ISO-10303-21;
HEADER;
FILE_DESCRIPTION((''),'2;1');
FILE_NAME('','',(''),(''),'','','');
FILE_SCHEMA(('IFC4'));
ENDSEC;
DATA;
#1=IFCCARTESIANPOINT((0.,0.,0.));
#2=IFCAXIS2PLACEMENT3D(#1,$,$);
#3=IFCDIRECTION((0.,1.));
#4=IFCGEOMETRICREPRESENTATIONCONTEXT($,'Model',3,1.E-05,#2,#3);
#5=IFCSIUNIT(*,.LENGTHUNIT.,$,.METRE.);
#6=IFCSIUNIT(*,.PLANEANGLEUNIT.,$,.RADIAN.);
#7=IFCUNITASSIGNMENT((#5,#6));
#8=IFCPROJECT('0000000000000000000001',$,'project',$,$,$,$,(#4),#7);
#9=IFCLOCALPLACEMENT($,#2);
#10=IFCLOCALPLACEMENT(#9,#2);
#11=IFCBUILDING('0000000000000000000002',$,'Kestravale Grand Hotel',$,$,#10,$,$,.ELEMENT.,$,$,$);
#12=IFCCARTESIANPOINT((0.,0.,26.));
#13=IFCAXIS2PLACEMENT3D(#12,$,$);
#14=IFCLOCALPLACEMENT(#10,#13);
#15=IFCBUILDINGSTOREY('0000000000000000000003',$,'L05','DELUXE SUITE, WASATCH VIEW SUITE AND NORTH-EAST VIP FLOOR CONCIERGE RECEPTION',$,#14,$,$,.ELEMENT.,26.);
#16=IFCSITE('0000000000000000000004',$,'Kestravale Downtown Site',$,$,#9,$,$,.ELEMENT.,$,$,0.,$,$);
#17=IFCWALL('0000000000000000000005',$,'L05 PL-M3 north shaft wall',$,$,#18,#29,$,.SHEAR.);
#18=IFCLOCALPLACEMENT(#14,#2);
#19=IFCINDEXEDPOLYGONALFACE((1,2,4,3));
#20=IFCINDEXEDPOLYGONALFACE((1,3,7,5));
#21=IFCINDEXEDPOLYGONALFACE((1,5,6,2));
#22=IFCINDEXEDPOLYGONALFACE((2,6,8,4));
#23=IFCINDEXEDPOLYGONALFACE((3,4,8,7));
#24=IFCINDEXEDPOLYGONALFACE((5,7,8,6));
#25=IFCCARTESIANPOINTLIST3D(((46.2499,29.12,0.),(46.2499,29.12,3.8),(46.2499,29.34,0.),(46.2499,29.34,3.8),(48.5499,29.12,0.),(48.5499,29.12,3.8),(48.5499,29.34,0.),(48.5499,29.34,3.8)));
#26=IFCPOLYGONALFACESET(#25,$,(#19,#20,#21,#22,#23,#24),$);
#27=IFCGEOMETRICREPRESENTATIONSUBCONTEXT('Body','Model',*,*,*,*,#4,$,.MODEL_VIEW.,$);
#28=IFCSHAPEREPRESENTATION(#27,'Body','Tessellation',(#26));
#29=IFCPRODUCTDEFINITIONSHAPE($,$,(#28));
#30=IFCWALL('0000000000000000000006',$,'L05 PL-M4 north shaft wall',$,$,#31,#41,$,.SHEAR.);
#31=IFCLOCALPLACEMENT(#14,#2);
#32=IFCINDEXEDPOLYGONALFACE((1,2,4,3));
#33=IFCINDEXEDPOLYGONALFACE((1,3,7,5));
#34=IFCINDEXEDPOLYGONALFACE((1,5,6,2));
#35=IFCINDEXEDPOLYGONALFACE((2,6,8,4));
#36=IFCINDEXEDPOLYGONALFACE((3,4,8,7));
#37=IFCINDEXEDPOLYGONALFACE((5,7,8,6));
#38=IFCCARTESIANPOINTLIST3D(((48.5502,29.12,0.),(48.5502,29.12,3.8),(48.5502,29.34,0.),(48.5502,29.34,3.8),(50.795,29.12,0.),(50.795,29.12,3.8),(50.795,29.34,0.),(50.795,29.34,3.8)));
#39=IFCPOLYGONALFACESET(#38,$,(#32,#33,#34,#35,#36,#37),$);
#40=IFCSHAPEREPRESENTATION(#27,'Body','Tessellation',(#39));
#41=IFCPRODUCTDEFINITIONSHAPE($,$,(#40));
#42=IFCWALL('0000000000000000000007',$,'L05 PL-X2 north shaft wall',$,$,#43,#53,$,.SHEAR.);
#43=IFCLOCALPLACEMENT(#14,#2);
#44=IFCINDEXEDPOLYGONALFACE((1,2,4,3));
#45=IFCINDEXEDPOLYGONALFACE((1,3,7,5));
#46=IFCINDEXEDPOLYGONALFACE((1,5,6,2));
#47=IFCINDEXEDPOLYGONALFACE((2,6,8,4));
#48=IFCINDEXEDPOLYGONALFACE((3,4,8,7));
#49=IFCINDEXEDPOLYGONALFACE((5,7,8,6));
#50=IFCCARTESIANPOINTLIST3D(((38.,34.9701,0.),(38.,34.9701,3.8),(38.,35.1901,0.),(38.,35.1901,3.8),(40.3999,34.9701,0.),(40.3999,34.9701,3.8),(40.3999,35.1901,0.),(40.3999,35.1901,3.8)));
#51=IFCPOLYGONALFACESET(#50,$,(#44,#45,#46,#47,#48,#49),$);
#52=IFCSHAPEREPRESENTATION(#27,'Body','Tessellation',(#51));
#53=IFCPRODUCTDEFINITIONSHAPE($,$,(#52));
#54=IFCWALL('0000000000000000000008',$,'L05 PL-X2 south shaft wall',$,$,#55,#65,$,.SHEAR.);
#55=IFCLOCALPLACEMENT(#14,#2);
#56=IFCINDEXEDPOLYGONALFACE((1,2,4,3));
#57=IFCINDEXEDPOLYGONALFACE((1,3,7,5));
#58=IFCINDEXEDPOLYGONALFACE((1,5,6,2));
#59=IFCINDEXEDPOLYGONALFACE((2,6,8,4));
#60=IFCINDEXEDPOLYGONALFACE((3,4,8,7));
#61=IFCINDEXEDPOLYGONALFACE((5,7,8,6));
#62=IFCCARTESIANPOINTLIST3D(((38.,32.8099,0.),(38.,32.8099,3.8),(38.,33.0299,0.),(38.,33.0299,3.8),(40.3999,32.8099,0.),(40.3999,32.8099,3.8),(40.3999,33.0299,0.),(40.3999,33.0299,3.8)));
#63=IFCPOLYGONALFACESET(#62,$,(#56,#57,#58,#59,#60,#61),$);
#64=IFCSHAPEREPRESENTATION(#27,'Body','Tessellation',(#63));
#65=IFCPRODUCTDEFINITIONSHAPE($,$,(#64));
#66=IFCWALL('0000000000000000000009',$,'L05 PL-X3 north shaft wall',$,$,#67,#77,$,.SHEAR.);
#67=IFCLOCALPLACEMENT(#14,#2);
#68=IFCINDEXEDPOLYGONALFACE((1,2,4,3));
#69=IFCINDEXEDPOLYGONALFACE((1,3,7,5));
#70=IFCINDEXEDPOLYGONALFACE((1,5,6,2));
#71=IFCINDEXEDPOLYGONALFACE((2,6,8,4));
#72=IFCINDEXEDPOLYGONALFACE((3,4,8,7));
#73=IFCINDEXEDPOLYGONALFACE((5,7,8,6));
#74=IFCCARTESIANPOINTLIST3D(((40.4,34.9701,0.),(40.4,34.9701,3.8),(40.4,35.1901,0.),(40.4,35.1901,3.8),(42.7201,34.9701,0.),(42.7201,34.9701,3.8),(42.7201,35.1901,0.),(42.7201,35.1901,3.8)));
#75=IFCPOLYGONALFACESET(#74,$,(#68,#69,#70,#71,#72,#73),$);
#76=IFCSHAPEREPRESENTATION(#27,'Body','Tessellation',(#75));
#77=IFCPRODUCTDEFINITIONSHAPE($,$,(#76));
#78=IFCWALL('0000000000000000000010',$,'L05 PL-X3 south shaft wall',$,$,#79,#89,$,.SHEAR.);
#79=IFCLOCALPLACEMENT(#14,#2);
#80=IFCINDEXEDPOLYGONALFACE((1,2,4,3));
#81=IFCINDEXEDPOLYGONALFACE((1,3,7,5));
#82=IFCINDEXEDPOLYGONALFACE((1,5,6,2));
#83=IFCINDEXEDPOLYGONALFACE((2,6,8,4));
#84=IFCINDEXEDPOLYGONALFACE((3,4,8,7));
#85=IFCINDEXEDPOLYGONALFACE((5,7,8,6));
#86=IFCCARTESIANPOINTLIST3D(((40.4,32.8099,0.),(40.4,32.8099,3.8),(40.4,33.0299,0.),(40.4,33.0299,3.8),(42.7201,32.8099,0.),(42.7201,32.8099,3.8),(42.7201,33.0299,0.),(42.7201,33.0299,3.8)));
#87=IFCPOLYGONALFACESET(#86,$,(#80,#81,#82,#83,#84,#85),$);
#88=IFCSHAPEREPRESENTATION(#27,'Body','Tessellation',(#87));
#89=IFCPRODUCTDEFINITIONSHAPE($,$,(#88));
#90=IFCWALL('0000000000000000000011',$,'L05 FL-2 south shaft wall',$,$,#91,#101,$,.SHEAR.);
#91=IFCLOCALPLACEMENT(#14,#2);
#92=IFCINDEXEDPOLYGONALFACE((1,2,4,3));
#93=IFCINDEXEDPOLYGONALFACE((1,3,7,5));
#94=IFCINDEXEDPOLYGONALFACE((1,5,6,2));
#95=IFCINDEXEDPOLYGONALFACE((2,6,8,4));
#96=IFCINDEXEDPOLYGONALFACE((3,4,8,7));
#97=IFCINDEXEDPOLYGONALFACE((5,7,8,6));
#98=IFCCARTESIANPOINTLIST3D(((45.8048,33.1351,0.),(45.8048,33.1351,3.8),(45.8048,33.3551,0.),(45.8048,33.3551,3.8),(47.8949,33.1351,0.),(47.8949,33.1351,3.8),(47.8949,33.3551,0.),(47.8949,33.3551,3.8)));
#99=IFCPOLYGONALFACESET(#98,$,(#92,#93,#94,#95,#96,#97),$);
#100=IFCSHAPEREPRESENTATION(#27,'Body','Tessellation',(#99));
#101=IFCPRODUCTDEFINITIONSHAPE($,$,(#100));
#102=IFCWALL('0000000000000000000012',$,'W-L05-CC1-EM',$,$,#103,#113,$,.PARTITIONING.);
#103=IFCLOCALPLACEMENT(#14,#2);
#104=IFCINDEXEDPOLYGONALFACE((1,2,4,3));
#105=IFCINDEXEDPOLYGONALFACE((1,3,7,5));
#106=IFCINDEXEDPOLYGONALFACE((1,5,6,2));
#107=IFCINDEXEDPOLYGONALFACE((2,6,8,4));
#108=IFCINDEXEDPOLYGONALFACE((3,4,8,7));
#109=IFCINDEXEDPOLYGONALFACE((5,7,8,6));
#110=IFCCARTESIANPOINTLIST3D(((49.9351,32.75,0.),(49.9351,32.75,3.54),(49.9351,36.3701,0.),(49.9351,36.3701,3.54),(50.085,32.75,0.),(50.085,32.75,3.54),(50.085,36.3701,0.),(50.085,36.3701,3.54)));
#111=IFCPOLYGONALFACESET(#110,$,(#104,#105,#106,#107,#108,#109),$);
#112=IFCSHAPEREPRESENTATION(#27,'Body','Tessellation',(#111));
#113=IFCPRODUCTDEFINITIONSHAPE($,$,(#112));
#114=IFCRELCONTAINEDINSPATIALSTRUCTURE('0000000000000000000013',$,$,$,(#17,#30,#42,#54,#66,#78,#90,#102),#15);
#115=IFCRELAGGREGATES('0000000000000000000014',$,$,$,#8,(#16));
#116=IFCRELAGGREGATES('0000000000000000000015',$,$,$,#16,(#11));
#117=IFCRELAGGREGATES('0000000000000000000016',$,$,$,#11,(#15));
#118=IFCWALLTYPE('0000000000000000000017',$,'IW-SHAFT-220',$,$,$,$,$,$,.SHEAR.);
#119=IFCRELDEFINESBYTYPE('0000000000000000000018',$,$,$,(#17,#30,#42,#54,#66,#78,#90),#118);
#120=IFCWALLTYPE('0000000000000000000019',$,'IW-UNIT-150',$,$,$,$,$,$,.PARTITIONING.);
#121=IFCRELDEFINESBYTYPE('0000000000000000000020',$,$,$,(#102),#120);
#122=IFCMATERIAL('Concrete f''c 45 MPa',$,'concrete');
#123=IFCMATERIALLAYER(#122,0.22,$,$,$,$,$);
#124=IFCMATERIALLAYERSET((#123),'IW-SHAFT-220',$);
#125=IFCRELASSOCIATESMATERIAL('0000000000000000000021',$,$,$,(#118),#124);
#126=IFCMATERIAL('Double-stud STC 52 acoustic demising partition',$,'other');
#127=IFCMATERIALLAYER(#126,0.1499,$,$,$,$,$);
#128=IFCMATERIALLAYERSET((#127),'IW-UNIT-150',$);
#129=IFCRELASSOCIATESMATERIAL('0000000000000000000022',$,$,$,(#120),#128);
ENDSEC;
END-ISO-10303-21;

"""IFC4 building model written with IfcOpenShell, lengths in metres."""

from ifc_helpers import new_model, si_unit, direction, frame, frame_2d, origin, place, context, subcontext, project, spatial, rectangle, extrude, material, layer, layer_set, type_object, element, save


model = new_model("IFC4")

# Units and contexts
model_context = context("Model", 3, precision=1e-05, world=origin(), true_north=direction((0.0, 1.0)))
body_context = subcontext(model_context, "Body", "Model", "MODEL_VIEW")
ifc_project = project(units=[si_unit("LENGTHUNIT", "METRE"), si_unit("PLANEANGLEUNIT", "RADIAN")], contexts=[model_context])

# Site, building, storey
site_placement = place(None, origin())
site = spatial("IfcSite", under=ifc_project, at=site_placement, Name="Kestravale Downtown Site", CompositionType="ELEMENT", RefElevation=0.0)
building_placement = place(site_placement, origin())
building = spatial("IfcBuilding", under=site, at=building_placement, Name="Kestravale Grand Hotel", CompositionType="ELEMENT")
storey_placement = place(building_placement, frame((0.0, 0.0, 26.0)))
storey = spatial("IfcBuildingStorey", under=building, at=storey_placement, Name="L05", Description="DELUXE SUITE, WASATCH VIEW SUITE AND NORTH-EAST VIP FLOOR CONCIERGE RECEPTION", CompositionType="ELEMENT", Elevation=26.0)

# Walls
ifc_material_1 = material(Name="Concrete f'c 45 MPa", Category="concrete")
ifc_layer_1 = layer(ifc_material_1, 0.22)
ifc_layer_set_1 = layer_set([ifc_layer_1], Name="IW-SHAFT-220")
wall_type_1 = type_object("IfcWallType", Name="IW-SHAFT-220", PredefinedType="SHEAR", material=ifc_layer_set_1)
for number, where, z_axis, x_axis, name in (
    (1, (46.25, 29.23, 0.0), (0.0, 0.0, 1.0), (1.0, 0.0, 0.0), "L05 PL-M3 north shaft wall"),
):
    element("IfcWall", number, at=place(storey_placement, frame(where, z_axis=z_axis, x_axis=x_axis)), inside=storey, type_object=wall_type_1, Name=name, PredefinedType="SHEAR", context=body_context, shape_type="SweptSolid", body=[
        extrude(rectangle(XDim=2.3, YDim=0.22, at=frame_2d((1.1499, 0.0))), origin(), (0.0, 0.0, 1.0), 3.8),
    ])
wall_1_placement = place(storey_placement, frame((48.55, 29.23, 0.0), z_axis=(0.0, 0.0, 1.0), x_axis=(1.0, 0.0, 0.0)))
element("IfcWall", 2, at=wall_1_placement, inside=storey, type_object=wall_type_1, Name="L05 PL-M4 north shaft wall", PredefinedType="SHEAR", context=body_context, shape_type="SweptSolid", body=[
    extrude(rectangle(XDim=2.2449, YDim=0.22, at=frame_2d((1.1226, 0.0))), origin(), (0.0, 0.0, 1.0), 3.8),
])
for number, where, z_axis, x_axis, name in (
    (3, (38.0, 35.0801, 0.0), (0.0, 0.0, 1.0), (1.0, 0.0, 0.0), "L05 PL-X2 north shaft wall"),
    (4, (38.0, 32.9199, 0.0), (0.0, 0.0, 1.0), (1.0, 0.0, 0.0), "L05 PL-X2 south shaft wall"),
):
    element("IfcWall", number, at=place(storey_placement, frame(where, z_axis=z_axis, x_axis=x_axis)), inside=storey, type_object=wall_type_1, Name=name, PredefinedType="SHEAR", context=body_context, shape_type="SweptSolid", body=[
        extrude(rectangle(XDim=2.3999, YDim=0.22, at=frame_2d((1.2, 0.0))), origin(), (0.0, 0.0, 1.0), 3.8),
    ])
for number, where, z_axis, x_axis, name in (
    (5, (40.3999, 35.0801, 0.0), (0.0, 0.0, 1.0), (1.0, 0.0, 0.0), "L05 PL-X3 north shaft wall"),
    (6, (40.3999, 32.9199, 0.0), (0.0, 0.0, 1.0), (1.0, 0.0, 0.0), "L05 PL-X3 south shaft wall"),
):
    element("IfcWall", number, at=place(storey_placement, frame(where, z_axis=z_axis, x_axis=x_axis)), inside=storey, type_object=wall_type_1, Name=name, PredefinedType="SHEAR", context=body_context, shape_type="SweptSolid", body=[
        extrude(rectangle(XDim=2.3201, YDim=0.22, at=frame_2d((1.1602, 0.0))), origin(), (0.0, 0.0, 1.0), 3.8),
    ])

# Walls
wall_2_placement = place(storey_placement, frame((45.8049, 33.2451, 0.0), z_axis=(0.0, 0.0, 1.0), x_axis=(1.0, 0.0, 0.0)))
element("IfcWall", 7, at=wall_2_placement, inside=storey, type_object=wall_type_1, Name="L05 FL-2 south shaft wall", PredefinedType="SHEAR", context=body_context, shape_type="SweptSolid", body=[
    extrude(rectangle(XDim=2.0901, YDim=0.22, at=frame_2d((1.0449, 0.0))), origin(), (0.0, 0.0, 1.0), 3.8),
])
ifc_material_2 = material(Name="Double-stud STC 52 acoustic demising partition", Category="other")
ifc_layer_2 = layer(ifc_material_2, 0.1499)
ifc_layer_set_2 = layer_set([ifc_layer_2], Name="IW-UNIT-150")
wall_type_2 = type_object("IfcWallType", Name="IW-UNIT-150", PredefinedType="PARTITIONING", material=ifc_layer_set_2)
wall_3_placement = place(storey_placement, frame((50.01, 32.75, 0.0), z_axis=(0.0, 0.0, 1.0), x_axis=(0.0, 1.0, 0.0)))
element("IfcWall", 8, at=wall_3_placement, inside=storey, type_object=wall_type_2, Name="W-L05-CC1-EM", PredefinedType="PARTITIONING", context=body_context, shape_type="SweptSolid", body=[
    extrude(rectangle(XDim=3.6201, YDim=0.1499, at=frame_2d((1.8101, 0.0))), origin(), (0.0, 0.0, 1.0), 3.54),
])

save(model, "model.ifc")
